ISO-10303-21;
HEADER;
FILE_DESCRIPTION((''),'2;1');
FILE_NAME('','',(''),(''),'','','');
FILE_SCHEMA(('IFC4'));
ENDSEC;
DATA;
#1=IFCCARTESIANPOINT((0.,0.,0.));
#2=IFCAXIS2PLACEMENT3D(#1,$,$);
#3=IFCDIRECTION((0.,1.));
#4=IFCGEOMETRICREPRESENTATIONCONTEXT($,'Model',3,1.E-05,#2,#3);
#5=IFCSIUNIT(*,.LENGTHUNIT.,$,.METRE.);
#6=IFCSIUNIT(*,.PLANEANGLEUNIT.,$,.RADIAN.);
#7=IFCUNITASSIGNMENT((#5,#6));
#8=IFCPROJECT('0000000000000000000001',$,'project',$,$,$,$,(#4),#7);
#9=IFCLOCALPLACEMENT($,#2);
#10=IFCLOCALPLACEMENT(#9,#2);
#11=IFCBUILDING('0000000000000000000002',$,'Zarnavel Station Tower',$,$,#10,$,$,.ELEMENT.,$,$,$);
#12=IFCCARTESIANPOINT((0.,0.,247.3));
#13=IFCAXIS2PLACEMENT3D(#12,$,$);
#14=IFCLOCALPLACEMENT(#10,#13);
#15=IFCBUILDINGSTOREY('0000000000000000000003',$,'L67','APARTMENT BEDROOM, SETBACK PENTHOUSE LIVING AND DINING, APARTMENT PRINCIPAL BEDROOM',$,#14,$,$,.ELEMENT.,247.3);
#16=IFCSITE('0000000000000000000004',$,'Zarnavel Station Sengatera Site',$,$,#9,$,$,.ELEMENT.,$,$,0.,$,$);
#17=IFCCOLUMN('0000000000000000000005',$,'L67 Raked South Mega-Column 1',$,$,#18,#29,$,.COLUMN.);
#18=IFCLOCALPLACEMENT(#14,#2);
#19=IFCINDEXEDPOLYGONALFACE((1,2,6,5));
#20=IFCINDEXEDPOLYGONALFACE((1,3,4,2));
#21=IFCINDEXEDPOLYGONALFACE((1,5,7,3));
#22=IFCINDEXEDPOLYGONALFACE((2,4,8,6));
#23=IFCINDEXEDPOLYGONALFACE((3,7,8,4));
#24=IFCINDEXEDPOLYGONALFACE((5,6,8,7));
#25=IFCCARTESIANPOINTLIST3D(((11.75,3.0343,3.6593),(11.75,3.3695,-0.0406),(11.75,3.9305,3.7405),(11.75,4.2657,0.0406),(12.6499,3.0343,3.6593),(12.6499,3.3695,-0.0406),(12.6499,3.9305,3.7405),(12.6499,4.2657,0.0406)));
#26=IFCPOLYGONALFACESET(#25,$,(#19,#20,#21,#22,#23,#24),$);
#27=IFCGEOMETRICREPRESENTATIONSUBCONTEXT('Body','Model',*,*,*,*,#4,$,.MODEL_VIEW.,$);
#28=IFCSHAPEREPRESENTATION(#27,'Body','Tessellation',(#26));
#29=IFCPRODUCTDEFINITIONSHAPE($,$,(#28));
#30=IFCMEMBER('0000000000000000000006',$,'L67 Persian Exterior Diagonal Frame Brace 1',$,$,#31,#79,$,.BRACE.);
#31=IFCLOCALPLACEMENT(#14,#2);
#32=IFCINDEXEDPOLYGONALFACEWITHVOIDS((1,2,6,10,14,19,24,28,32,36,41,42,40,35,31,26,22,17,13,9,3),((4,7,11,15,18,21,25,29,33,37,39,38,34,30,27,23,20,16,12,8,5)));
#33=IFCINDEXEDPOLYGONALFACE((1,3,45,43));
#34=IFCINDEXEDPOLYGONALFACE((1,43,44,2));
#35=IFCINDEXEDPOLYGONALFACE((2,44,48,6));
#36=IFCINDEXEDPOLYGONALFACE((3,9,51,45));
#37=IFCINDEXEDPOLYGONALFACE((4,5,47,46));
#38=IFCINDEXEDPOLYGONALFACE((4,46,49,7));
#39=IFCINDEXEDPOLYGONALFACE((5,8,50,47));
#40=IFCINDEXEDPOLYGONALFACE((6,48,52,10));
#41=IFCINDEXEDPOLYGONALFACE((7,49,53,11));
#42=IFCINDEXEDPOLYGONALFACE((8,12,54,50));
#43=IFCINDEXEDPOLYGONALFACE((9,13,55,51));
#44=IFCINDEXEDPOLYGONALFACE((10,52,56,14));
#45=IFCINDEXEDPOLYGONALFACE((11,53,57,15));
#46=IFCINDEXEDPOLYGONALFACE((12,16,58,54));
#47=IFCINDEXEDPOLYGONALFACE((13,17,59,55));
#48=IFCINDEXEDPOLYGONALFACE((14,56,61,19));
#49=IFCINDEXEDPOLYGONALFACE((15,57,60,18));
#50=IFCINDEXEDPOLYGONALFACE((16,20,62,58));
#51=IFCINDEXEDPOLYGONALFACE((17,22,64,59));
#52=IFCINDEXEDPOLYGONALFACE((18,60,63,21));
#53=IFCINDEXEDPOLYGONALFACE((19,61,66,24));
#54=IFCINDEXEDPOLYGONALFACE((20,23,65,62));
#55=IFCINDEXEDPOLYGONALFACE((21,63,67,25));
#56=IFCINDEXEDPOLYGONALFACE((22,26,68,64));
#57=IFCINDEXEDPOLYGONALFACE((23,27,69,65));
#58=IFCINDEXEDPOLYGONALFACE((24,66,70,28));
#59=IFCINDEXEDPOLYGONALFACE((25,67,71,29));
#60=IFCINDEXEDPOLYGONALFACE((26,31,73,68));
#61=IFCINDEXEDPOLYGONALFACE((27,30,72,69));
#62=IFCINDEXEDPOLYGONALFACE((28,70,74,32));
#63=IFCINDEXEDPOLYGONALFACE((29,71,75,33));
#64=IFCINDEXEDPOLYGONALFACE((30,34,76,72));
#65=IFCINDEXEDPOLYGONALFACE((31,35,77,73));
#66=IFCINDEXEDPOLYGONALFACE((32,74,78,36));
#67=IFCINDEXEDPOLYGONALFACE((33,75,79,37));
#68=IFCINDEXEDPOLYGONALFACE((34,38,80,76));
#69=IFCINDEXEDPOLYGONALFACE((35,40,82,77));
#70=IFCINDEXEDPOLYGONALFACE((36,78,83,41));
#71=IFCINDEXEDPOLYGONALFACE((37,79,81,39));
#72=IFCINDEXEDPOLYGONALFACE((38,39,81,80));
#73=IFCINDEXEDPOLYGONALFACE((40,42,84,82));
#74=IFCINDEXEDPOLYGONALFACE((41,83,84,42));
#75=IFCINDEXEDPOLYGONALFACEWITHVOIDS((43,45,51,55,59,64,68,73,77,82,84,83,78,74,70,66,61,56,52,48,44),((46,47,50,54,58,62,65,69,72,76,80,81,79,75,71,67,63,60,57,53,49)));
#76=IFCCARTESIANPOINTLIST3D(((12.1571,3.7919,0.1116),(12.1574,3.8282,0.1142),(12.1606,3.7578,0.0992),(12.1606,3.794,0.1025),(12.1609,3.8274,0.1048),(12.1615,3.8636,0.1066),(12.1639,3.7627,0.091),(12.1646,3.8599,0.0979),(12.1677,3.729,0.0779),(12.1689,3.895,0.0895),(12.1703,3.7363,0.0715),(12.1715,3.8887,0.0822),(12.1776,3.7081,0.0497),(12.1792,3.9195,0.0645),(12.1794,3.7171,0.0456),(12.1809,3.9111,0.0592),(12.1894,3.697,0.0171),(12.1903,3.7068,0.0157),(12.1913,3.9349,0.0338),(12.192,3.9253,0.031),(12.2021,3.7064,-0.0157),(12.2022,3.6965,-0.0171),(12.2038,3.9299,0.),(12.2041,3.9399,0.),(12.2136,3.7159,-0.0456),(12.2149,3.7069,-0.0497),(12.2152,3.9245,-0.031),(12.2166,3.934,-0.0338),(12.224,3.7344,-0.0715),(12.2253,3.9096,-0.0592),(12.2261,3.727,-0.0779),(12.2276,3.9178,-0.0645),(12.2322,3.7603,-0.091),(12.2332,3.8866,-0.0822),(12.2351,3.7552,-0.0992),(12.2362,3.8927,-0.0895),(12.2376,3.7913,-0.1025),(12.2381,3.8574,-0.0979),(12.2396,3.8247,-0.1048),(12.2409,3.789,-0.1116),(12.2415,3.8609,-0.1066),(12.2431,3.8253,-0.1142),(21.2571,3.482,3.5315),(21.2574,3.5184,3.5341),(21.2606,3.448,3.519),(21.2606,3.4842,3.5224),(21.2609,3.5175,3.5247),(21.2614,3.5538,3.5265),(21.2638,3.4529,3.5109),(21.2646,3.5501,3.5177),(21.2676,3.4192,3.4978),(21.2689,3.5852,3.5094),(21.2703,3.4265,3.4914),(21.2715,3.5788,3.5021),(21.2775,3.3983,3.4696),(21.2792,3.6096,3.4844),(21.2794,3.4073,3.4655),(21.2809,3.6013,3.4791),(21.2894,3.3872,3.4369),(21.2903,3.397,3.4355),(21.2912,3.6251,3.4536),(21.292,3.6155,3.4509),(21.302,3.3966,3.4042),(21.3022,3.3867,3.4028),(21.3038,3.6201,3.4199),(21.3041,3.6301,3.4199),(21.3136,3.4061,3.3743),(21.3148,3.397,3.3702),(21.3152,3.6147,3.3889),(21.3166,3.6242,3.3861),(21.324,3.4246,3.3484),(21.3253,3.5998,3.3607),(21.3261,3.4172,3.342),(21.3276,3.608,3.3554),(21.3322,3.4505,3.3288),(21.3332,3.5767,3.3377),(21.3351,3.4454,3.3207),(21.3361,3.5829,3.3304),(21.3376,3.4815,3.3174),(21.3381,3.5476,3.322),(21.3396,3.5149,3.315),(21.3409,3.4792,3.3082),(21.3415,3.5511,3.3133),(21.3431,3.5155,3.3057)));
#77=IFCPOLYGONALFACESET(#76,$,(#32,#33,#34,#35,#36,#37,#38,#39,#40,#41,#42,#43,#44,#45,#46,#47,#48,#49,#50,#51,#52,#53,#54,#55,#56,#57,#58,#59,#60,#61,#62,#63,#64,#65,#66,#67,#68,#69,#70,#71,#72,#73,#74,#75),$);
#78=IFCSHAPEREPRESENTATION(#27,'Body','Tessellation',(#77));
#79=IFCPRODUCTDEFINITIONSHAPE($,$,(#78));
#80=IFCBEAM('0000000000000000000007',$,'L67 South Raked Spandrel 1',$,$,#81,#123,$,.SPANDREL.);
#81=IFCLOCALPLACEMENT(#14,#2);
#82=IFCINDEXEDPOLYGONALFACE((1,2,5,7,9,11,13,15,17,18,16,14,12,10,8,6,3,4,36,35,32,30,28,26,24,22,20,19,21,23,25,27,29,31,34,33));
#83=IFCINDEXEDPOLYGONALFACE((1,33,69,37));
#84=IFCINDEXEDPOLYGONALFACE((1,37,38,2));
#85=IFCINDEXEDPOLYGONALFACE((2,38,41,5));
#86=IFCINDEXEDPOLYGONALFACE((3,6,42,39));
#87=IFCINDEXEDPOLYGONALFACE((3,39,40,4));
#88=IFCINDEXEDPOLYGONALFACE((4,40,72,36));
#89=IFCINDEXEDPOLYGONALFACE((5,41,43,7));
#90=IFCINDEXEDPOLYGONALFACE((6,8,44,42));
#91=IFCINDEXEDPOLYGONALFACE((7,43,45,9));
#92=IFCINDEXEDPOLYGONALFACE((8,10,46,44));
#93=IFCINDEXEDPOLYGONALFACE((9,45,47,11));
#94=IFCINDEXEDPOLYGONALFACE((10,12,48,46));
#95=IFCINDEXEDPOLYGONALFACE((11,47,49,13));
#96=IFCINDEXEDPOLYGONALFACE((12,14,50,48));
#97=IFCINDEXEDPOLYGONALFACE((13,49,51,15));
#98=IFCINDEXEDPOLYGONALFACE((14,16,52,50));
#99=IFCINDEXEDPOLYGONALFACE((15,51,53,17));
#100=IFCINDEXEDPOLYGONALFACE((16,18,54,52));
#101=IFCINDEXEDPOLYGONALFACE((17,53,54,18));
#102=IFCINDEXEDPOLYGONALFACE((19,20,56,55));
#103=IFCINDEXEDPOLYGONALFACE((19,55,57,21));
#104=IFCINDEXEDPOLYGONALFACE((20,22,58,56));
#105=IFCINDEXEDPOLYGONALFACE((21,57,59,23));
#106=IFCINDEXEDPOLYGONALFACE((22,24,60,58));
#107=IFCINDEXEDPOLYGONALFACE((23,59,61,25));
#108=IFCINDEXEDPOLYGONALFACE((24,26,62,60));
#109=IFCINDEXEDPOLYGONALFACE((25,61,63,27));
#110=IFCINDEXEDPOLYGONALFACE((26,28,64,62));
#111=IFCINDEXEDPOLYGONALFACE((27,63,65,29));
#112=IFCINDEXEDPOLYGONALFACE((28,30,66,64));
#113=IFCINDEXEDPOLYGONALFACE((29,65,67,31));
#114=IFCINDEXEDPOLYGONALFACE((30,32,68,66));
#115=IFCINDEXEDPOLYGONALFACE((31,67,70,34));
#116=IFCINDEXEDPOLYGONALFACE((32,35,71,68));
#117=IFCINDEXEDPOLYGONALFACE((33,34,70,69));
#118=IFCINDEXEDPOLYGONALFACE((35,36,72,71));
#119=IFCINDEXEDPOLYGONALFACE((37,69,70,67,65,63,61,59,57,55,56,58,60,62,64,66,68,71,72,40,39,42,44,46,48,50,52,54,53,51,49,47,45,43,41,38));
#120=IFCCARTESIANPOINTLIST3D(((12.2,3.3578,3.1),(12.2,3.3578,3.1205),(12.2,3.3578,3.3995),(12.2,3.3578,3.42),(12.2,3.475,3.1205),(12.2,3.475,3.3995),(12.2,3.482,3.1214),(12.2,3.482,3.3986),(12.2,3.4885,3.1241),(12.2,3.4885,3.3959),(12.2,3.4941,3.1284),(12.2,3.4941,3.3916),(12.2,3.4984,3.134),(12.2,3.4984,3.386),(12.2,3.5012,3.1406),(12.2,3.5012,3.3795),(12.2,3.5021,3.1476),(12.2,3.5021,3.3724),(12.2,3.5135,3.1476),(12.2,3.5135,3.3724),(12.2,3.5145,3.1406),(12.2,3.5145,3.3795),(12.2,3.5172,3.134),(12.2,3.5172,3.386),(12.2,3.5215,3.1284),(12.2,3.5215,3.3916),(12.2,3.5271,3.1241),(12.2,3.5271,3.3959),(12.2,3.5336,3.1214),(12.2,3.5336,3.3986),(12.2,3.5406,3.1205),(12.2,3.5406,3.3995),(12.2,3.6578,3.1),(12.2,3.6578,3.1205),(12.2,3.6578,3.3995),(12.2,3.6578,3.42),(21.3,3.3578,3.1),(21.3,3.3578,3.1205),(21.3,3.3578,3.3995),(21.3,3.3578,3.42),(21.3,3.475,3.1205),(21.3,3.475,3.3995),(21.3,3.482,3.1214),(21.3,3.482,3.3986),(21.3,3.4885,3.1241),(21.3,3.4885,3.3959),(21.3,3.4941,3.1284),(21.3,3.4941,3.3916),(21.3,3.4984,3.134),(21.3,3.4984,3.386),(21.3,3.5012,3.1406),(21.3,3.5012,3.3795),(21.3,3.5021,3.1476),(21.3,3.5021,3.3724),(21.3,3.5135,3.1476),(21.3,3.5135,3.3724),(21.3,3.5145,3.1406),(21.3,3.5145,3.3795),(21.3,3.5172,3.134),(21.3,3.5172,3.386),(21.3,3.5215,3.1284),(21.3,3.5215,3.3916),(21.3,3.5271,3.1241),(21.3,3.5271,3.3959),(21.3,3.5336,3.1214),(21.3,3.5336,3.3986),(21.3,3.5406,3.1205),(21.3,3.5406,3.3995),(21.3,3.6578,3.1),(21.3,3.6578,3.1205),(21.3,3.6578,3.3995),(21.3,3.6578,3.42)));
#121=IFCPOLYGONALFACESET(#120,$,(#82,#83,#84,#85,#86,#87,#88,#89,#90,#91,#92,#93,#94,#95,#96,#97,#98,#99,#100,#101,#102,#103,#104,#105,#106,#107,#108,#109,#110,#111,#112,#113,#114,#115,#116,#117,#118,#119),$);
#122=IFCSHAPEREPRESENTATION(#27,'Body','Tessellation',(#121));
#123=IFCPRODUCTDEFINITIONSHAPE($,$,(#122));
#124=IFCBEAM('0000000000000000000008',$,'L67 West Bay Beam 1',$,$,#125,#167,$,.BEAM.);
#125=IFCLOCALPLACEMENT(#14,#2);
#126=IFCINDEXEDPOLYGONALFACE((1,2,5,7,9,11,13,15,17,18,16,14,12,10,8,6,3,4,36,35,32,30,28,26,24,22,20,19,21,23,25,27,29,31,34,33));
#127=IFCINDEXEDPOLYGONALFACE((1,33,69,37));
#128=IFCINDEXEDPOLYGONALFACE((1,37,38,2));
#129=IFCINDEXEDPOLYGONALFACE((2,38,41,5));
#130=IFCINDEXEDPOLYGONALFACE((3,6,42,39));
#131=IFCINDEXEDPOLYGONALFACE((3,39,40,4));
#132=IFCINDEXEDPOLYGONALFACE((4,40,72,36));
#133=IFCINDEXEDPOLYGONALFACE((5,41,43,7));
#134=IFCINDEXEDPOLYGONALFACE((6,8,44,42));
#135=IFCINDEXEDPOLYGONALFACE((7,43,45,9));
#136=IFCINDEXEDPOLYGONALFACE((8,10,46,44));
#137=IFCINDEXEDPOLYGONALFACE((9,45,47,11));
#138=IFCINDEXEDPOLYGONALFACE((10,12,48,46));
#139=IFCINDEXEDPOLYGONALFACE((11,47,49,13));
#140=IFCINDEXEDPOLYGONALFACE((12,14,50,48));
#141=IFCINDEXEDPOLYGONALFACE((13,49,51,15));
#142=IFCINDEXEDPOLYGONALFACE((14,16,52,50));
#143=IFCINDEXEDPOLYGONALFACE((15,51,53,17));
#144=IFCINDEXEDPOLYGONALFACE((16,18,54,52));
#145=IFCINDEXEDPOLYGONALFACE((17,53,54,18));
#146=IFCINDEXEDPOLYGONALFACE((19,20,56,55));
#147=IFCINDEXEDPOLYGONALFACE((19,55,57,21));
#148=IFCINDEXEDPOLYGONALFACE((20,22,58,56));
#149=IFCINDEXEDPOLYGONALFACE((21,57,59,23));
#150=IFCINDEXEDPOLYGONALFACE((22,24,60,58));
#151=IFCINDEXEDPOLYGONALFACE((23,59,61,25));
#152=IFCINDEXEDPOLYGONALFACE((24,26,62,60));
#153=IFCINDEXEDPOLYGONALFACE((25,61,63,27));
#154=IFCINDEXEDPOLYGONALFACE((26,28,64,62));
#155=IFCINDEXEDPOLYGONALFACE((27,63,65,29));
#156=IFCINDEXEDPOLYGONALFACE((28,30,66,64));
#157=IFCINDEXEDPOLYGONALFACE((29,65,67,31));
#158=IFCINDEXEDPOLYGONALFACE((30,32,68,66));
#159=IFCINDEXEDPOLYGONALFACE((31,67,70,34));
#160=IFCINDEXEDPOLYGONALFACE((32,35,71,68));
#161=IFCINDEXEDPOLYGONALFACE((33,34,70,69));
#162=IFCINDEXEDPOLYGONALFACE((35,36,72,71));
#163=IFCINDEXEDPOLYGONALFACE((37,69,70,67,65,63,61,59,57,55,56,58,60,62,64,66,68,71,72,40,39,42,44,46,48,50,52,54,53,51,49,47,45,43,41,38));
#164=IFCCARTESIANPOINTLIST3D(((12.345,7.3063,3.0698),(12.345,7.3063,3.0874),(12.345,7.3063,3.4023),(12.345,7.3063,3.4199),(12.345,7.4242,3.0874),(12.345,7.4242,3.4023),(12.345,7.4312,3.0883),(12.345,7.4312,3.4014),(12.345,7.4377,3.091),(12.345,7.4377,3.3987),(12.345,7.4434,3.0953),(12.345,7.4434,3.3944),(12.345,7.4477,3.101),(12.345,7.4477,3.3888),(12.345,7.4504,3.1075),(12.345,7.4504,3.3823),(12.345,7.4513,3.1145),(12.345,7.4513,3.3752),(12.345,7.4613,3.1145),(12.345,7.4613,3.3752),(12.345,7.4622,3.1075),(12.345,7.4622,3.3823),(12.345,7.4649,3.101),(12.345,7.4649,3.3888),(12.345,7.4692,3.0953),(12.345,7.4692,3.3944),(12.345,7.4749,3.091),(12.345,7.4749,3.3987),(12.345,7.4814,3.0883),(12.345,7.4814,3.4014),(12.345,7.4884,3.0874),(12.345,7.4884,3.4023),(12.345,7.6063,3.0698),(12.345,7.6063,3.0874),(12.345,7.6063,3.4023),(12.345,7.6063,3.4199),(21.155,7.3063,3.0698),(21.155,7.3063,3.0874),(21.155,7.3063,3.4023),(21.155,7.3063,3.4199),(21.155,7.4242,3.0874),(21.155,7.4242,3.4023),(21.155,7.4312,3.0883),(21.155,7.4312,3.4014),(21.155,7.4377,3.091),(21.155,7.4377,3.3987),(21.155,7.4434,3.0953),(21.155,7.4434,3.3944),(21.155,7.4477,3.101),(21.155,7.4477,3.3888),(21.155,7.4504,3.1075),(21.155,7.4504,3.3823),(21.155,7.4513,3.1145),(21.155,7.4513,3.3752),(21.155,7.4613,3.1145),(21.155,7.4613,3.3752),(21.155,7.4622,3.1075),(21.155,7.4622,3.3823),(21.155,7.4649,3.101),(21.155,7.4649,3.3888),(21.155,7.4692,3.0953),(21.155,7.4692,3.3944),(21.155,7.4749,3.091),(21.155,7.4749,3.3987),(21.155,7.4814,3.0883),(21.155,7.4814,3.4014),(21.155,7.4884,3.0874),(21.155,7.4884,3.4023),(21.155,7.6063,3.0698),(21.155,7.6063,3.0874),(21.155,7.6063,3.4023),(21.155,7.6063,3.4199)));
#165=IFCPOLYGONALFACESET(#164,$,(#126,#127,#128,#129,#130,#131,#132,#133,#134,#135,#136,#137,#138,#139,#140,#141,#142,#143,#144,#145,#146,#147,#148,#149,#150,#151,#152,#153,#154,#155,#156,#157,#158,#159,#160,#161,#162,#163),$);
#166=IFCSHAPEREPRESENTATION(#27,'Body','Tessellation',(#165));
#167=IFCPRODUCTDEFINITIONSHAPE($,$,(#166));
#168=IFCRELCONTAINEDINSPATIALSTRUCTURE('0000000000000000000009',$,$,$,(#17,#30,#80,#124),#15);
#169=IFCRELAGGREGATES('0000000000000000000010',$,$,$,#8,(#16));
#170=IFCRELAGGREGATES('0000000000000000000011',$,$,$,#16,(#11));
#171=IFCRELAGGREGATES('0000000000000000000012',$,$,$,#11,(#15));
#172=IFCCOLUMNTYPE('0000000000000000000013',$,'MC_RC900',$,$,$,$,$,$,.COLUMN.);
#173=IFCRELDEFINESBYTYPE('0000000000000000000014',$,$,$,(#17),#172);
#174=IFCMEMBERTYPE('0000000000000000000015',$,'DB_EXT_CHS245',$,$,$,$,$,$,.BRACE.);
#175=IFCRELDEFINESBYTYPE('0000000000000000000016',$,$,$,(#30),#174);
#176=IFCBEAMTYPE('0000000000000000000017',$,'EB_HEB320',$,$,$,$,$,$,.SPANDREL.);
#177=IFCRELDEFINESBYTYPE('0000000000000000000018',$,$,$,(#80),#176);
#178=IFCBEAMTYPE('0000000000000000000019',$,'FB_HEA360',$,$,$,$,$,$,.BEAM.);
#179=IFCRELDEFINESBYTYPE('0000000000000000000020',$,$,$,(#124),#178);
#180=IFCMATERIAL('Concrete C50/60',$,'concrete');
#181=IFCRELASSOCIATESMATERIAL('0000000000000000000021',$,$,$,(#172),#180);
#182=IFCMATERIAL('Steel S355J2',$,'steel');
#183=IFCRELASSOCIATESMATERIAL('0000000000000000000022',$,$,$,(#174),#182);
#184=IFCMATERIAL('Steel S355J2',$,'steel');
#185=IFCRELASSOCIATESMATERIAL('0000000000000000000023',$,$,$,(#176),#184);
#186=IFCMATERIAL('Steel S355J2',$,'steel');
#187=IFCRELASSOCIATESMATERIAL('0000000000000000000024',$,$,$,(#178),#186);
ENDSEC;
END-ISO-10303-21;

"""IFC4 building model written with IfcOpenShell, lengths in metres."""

from ifc_helpers import new_model, si_unit, direction, frame, origin, origin_2d, place, context, subcontext, project, spatial, rectangle, hollow_circle, i_section, extrude, material, material_profile, profile_set, type_object, element, save


model = new_model("IFC4")

# Units and contexts
model_context = context("Model", 3, precision=1e-05, world=origin(), true_north=direction((0.0, 1.0)))
body_context = subcontext(model_context, "Body", "Model", "MODEL_VIEW")
ifc_project = project(units=[si_unit("LENGTHUNIT", "METRE"), si_unit("PLANEANGLEUNIT", "RADIAN")], contexts=[model_context])

# Site, building, storey
site_placement = place(None, origin())
site = spatial("IfcSite", under=ifc_project, at=site_placement, Name="Zarnavel Station Sengatera Site", CompositionType="ELEMENT", RefElevation=0.0)
building_placement = place(site_placement, origin())
building = spatial("IfcBuilding", under=site, at=building_placement, Name="Zarnavel Station Tower", CompositionType="ELEMENT")
storey_placement = place(building_placement, frame((0.0, 0.0, 247.3)))
storey = spatial("IfcBuildingStorey", under=building, at=storey_placement, Name="L67", Description="APARTMENT BEDROOM, SETBACK PENTHOUSE LIVING AND DINING, APARTMENT PRINCIPAL BEDROOM", CompositionType="ELEMENT", Elevation=247.3)

# Column
ifc_material_1 = material(Name="Concrete C50/60", Category="concrete")
ifc_material_profile_1 = material_profile(ifc_material_1, rectangle(XDim=0.8999, YDim=0.8999, at=origin_2d()), Name="RC900x900")
ifc_profile_set_1 = profile_set([ifc_material_profile_1], Name="Concrete C50/60")
column_type = type_object("IfcColumnType", Name="MC_RC900", PredefinedType="COLUMN", material=ifc_profile_set_1)
column_placement = place(storey_placement, frame((12.2, 3.8176, 0.0), z_axis=(0.0, -0.090228, 0.995921), x_axis=(1.0, 0.0, 0.0)))
element("IfcColumn", 1, at=column_placement, inside=storey, type_object=column_type, Name="L67 Raked South Mega-Column 1", PredefinedType="COLUMN", context=body_context, shape_type="SweptSolid", body=[
    extrude(rectangle(XDim=0.8999, YDim=0.8999, at=origin_2d()), origin(), (0.0, 0.0, 1.0), 3.7151),
])

# Member
ifc_material_2 = material(Name="Steel S355J2", Category="steel")
ifc_material_profile_2 = material_profile(ifc_material_2, hollow_circle(Radius=0.1223, WallThickness=0.01, at=origin_2d()), Name="CHS244.5x10")
ifc_profile_set_2 = profile_set([ifc_material_profile_2], Name="Steel S355J2")
member_type = type_object("IfcMemberType", Name="DB_EXT_CHS245", PredefinedType="BRACE", material=ifc_profile_set_2)
member_placement = place(storey_placement, frame((12.2, 3.8176, 0.0), z_axis=(0.935604, -0.031853, 0.351611), x_axis=(0.034025, 0.999421, 0.0)))
element("IfcMember", 2, at=member_placement, inside=storey, type_object=member_type, Name="L67 Persian Exterior Diagonal Frame Brace 1", PredefinedType="BRACE", context=body_context, shape_type="SweptSolid", body=[
    extrude(hollow_circle(Radius=0.1223, WallThickness=0.01, at=origin_2d()), origin(), (0.0, 0.0, 1.0), 9.7263),
])

# Beams
ifc_material_3 = material(Name="Steel S355J2", Category="steel")
ifc_material_profile_3 = material_profile(ifc_material_3, i_section(OverallWidth=0.3, OverallDepth=0.3201, WebThickness=0.0115, FlangeThickness=0.0205, FilletRadius=0.0271, at=origin_2d()), Name="HEB320")
ifc_profile_set_3 = profile_set([ifc_material_profile_3], Name="Steel S355J2")
beam_type_1 = type_object("IfcBeamType", Name="EB_HEB320", PredefinedType="SPANDREL", material=ifc_profile_set_3)
beam_1_placement = place(storey_placement, frame((12.2, 3.5078, 3.26), z_axis=(1.0, 0.0, 0.0), x_axis=(0.0, 1.0, 0.0)))
element("IfcBeam", 3, at=beam_1_placement, inside=storey, type_object=beam_type_1, Name="L67 South Raked Spandrel 1", PredefinedType="SPANDREL", context=body_context, shape_type="SweptSolid", body=[
    extrude(i_section(OverallWidth=0.3, OverallDepth=0.3201, WebThickness=0.0115, FlangeThickness=0.0205, FilletRadius=0.0271, at=origin_2d()), origin(), (0.0, 0.0, 1.0), 9.1001),
])
ifc_material_4 = material(Name="Steel S355J2", Category="steel")
ifc_material_profile_4 = material_profile(ifc_material_4, i_section(OverallWidth=0.3, OverallDepth=0.3501, WebThickness=0.01, FlangeThickness=0.0176, FilletRadius=0.0271, at=origin_2d()), Name="HEA360")
ifc_profile_set_4 = profile_set([ifc_material_profile_4], Name="Steel S355J2")
beam_type_2 = type_object("IfcBeamType", Name="FB_HEA360", PredefinedType="BEAM", material=ifc_profile_set_4)
beam_2_placement = place(storey_placement, frame((12.345, 7.4563, 3.2449), z_axis=(1.0, 0.0, 0.0), x_axis=(0.0, 1.0, 0.0)))
element("IfcBeam", 4, at=beam_2_placement, inside=storey, type_object=beam_type_2, Name="L67 West Bay Beam 1", PredefinedType="BEAM", context=body_context, shape_type="SweptSolid", body=[
    extrude(i_section(OverallWidth=0.3, OverallDepth=0.3501, WebThickness=0.01, FlangeThickness=0.0176, FilletRadius=0.0271, at=origin_2d()), origin(), (0.0, 0.0, 1.0), 8.8101),
])

save(model, "model.ifc")
